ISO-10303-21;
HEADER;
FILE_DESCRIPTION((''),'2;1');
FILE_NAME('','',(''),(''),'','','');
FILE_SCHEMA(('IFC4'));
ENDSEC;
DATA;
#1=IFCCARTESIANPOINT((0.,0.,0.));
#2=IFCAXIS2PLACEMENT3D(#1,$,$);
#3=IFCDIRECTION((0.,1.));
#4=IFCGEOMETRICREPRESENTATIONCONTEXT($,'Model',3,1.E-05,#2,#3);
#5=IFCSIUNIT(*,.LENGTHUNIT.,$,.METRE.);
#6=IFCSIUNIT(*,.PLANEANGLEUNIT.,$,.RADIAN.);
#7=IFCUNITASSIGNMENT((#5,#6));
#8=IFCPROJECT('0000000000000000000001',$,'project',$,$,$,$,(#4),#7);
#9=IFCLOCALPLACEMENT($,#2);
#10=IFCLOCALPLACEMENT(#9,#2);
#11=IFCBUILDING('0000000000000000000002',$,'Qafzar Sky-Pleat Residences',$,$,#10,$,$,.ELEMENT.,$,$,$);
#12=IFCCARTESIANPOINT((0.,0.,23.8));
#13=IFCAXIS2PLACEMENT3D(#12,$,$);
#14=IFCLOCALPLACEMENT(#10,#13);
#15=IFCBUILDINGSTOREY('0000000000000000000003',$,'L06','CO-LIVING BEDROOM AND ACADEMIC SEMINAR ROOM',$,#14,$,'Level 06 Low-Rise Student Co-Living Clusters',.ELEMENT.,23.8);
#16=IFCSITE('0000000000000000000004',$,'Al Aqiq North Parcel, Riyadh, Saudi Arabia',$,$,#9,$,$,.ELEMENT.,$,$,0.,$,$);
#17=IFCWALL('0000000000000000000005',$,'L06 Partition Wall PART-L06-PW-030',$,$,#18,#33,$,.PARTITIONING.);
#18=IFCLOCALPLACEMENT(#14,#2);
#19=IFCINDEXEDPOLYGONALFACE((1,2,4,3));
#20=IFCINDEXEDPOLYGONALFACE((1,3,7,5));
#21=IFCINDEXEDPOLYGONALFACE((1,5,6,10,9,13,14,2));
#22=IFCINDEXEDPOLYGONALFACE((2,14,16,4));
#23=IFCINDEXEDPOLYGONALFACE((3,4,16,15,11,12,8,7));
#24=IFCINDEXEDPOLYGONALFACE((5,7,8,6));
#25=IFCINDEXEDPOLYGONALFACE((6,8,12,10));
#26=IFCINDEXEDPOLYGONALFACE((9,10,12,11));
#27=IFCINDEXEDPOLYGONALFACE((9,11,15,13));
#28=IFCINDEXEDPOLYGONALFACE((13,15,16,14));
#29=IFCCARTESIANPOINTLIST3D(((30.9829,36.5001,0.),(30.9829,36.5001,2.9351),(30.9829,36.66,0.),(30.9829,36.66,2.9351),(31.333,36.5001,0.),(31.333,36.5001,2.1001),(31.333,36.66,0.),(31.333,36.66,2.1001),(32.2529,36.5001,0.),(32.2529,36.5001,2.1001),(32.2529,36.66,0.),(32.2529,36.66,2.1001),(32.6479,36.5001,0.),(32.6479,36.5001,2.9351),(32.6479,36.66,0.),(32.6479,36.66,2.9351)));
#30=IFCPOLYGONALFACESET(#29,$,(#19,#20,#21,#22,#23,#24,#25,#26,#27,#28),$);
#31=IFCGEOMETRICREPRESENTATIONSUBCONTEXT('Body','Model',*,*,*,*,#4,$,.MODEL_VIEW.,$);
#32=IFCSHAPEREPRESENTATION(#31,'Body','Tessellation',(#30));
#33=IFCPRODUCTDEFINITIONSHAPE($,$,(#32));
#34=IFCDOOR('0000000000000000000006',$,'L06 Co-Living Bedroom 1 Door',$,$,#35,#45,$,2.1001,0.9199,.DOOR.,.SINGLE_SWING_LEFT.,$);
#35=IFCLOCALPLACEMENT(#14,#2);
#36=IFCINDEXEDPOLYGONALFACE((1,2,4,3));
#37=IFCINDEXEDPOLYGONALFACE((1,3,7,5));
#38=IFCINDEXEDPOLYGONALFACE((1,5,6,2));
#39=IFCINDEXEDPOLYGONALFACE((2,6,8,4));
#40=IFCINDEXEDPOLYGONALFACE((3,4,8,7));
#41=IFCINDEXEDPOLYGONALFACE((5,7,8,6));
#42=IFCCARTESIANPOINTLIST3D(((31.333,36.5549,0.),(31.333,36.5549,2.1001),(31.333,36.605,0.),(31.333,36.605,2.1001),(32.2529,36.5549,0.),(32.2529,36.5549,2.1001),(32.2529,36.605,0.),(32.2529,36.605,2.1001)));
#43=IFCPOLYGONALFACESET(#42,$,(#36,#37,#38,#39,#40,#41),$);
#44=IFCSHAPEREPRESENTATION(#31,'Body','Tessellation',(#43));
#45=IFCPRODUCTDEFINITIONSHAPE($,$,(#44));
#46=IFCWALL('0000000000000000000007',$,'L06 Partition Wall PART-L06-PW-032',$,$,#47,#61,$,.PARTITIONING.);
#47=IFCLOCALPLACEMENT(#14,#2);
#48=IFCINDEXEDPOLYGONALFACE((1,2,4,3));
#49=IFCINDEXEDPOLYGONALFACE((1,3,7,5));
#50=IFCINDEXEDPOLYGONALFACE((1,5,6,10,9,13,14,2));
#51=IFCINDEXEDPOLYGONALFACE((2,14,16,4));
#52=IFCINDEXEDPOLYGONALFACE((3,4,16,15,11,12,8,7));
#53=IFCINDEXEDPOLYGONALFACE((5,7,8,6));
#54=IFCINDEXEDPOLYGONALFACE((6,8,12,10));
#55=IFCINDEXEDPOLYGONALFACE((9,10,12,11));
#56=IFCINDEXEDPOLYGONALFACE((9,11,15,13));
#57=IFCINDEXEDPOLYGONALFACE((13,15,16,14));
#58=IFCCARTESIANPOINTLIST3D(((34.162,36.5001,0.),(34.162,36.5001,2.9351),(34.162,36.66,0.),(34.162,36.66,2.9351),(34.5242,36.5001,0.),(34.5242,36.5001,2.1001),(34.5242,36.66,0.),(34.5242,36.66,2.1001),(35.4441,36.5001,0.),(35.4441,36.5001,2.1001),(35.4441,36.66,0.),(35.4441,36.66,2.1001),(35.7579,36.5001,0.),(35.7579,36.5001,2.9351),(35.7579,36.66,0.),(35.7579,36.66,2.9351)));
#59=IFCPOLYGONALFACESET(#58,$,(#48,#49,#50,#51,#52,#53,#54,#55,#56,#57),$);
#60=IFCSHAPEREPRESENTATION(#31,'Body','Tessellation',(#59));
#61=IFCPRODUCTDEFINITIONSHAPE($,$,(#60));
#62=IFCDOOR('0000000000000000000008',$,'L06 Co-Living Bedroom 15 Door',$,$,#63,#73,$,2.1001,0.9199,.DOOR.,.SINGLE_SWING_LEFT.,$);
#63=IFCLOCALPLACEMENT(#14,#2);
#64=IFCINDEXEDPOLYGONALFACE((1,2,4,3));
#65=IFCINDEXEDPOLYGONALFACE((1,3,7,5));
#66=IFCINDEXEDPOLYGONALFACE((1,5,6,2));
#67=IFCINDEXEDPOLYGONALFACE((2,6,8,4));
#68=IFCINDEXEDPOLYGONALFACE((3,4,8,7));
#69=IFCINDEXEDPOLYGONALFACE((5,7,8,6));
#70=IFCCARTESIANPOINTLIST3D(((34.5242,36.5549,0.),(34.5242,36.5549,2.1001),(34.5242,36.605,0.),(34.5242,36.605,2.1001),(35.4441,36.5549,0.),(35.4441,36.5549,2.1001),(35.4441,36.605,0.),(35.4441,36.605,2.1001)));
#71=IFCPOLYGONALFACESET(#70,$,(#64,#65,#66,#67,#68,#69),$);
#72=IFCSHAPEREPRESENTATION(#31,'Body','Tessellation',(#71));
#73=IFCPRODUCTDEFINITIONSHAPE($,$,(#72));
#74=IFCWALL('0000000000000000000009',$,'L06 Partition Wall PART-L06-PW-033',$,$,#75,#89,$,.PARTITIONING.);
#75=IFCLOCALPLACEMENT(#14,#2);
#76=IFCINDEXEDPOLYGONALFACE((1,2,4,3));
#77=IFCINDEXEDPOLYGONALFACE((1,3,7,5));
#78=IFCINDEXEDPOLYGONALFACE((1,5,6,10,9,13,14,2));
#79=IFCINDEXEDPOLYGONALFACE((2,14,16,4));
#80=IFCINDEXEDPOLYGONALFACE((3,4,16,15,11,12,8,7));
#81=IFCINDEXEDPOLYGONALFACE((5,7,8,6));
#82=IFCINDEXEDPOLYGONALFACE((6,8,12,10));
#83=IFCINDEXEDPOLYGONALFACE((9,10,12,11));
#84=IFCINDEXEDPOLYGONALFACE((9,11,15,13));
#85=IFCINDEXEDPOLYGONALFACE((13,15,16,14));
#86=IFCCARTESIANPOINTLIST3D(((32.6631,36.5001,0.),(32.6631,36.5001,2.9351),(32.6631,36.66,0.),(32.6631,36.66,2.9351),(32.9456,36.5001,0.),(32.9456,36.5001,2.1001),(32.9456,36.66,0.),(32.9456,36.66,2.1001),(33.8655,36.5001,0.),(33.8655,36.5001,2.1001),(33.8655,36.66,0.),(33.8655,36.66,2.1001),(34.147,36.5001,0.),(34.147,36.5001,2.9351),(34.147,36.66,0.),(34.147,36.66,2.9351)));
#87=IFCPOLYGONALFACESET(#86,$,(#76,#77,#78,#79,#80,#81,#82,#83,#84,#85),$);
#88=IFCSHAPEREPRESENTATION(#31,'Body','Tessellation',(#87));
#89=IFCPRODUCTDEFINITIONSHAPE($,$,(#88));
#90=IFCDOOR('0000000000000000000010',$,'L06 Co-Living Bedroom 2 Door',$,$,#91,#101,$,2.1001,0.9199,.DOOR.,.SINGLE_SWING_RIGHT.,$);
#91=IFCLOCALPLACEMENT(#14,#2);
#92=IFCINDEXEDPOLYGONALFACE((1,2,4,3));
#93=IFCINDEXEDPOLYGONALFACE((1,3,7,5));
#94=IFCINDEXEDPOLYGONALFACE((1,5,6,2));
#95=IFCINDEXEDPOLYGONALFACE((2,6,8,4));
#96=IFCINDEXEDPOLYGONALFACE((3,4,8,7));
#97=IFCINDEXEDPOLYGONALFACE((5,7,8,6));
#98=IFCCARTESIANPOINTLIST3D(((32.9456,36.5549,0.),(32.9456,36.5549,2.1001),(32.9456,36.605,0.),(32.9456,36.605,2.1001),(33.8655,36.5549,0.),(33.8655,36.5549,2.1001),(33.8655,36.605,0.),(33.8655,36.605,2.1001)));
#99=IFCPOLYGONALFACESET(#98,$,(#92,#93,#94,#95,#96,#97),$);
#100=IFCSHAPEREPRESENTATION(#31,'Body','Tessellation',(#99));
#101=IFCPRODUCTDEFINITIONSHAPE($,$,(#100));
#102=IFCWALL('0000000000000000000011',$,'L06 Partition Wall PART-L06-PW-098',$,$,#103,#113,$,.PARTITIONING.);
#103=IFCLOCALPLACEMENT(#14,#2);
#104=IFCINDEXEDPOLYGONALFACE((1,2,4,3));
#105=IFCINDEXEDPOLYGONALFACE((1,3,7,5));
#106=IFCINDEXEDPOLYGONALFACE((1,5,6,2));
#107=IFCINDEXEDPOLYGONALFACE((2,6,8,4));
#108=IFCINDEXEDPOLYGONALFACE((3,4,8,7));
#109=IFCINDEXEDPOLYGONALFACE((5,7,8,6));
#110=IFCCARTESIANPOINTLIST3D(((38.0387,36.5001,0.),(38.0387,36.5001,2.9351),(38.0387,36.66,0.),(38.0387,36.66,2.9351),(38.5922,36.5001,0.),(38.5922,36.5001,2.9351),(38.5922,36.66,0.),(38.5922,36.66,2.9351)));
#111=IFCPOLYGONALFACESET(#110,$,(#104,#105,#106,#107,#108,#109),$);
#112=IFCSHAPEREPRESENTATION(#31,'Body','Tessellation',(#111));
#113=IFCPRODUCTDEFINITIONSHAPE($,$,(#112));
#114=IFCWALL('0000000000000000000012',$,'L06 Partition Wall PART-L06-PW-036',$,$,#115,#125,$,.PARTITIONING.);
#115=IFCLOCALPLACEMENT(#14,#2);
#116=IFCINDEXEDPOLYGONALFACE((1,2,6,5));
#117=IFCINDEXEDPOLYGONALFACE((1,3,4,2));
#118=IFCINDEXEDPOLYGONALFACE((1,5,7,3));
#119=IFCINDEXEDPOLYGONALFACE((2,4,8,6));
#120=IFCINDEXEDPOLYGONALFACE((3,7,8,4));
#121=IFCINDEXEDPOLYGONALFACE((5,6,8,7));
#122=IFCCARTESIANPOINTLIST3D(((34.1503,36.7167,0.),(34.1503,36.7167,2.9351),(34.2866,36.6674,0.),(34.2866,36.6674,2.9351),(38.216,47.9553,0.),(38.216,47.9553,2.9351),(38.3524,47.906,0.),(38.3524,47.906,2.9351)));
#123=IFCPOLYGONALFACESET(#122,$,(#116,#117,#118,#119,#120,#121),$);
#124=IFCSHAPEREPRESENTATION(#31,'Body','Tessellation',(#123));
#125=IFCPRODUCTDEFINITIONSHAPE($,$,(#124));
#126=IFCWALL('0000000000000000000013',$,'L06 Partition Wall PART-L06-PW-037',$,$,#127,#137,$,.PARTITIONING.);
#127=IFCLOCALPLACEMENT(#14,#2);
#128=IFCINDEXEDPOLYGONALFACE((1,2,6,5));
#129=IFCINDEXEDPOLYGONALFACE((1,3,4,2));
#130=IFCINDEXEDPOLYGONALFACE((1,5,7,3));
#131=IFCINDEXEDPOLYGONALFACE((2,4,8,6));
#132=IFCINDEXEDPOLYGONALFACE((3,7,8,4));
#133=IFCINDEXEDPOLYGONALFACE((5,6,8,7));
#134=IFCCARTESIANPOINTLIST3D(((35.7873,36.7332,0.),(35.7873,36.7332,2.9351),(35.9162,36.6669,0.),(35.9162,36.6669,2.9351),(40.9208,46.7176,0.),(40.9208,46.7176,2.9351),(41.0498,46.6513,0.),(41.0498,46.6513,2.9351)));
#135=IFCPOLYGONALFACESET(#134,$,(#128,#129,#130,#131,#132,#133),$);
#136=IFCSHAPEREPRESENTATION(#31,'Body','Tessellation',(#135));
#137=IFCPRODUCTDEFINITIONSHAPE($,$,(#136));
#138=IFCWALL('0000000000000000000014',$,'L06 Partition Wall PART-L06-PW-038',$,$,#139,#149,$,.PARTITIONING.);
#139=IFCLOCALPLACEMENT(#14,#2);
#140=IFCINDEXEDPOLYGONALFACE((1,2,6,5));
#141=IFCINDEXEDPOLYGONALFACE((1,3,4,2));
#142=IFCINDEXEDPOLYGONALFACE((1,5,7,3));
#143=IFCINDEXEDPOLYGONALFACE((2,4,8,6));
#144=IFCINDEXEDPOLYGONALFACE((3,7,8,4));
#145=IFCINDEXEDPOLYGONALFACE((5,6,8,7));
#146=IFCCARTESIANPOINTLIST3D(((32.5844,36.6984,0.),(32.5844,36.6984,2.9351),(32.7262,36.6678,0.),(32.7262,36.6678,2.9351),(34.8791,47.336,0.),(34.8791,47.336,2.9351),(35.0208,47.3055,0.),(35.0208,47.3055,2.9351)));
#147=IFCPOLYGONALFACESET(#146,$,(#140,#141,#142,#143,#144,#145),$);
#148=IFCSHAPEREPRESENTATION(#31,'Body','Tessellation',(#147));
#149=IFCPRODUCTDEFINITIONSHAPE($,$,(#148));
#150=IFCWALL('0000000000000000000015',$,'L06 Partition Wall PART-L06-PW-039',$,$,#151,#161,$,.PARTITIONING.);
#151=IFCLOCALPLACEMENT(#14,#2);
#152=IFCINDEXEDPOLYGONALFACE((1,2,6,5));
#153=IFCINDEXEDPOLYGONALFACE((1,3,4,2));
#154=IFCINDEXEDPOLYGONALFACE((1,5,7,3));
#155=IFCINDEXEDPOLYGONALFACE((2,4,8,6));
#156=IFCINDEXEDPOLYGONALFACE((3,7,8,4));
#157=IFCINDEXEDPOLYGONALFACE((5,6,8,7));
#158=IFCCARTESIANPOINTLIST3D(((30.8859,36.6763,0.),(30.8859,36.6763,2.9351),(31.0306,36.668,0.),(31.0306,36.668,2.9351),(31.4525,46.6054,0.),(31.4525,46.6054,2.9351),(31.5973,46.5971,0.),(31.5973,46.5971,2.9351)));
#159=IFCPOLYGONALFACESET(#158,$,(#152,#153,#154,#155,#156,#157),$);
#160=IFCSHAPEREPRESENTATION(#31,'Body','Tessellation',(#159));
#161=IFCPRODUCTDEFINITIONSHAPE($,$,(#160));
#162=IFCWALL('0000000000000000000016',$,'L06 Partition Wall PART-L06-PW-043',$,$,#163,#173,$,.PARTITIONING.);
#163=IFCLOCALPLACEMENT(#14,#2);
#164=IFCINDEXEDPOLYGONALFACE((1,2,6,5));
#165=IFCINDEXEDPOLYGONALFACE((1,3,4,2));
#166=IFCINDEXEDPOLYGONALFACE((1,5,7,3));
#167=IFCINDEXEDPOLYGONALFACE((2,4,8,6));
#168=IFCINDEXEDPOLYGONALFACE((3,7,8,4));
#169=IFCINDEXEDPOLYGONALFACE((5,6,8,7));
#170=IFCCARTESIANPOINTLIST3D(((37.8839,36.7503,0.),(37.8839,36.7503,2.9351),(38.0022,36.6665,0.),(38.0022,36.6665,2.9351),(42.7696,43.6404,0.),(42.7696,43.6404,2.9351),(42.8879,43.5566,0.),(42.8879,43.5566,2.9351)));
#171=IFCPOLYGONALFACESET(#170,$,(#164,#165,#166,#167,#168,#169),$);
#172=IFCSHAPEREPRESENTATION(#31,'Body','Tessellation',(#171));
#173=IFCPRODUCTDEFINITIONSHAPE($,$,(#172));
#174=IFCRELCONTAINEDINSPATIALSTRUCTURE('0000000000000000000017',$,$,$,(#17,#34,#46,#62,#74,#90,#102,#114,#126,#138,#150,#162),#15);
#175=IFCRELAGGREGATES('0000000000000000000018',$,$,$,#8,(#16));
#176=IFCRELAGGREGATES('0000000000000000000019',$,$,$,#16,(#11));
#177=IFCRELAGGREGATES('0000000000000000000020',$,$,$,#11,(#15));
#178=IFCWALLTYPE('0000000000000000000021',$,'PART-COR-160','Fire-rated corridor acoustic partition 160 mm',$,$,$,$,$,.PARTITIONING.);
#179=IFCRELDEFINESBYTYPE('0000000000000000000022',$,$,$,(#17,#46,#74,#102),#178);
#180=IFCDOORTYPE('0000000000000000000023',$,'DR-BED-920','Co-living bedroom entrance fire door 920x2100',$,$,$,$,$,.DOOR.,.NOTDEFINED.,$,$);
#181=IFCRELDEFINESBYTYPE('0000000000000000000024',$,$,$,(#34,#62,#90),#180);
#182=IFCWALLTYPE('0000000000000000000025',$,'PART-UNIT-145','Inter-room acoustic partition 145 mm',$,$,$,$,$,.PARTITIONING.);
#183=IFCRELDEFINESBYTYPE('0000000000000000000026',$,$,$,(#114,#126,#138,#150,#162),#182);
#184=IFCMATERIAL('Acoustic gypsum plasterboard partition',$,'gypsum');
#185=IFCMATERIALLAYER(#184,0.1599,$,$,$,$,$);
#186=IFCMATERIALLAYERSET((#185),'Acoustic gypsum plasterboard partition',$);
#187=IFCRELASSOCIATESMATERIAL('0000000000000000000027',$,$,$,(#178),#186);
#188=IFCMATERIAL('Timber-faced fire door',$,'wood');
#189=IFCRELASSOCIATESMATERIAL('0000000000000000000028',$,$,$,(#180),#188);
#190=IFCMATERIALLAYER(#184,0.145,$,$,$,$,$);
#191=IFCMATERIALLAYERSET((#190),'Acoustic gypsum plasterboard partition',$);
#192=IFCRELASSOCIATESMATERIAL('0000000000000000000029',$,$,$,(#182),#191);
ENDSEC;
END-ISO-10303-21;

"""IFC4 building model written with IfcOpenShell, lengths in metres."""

from ifc_helpers import new_model, si_unit, direction, frame, frame_2d, origin, place, context, subcontext, project, spatial, rectangle, extrude, source, transform, mapped, material, layer, layer_set, type_object, element, fill, save


model = new_model("IFC4")

# Units and contexts
model_context = context("Model", 3, precision=1e-05, world=origin(), true_north=direction((0.0, 1.0)))
body_context = subcontext(model_context, "Body", "Model", "MODEL_VIEW")
ifc_project = project(units=[si_unit("LENGTHUNIT", "METRE"), si_unit("PLANEANGLEUNIT", "RADIAN")], contexts=[model_context])

# Site, building, storey
site_placement = place(None, origin())
site = spatial("IfcSite", under=ifc_project, at=site_placement, Name="Al Aqiq North Parcel, Riyadh, Saudi Arabia", CompositionType="ELEMENT", RefElevation=0.0)
building_placement = place(site_placement, origin())
building = spatial("IfcBuilding", under=site, at=building_placement, Name="Qafzar Sky-Pleat Residences", CompositionType="ELEMENT")
storey_placement = place(building_placement, frame((0.0, 0.0, 23.8)))
storey = spatial("IfcBuildingStorey", under=building, at=storey_placement, Name="L06", Description="CO-LIVING BEDROOM AND ACADEMIC SEMINAR ROOM", LongName="Level 06 Low-Rise Student Co-Living Clusters", CompositionType="ELEMENT", Elevation=23.8)

# Walls, openings, doors
ifc_material_1 = material(Name="Acoustic gypsum plasterboard partition", Category="gypsum")
ifc_layer_1 = layer(ifc_material_1, 0.1599)
ifc_layer_set_1 = layer_set([ifc_layer_1], Name="Acoustic gypsum plasterboard partition")
wall_type_1 = type_object("IfcWallType", Name="PART-COR-160", Description="Fire-rated corridor acoustic partition 160 mm", PredefinedType="PARTITIONING", material=ifc_layer_set_1)
ifc_material_2 = material(Name="Timber-faced fire door", Category="wood")
door_type_1 = type_object("IfcDoorType", Name="DR-BED-920", Description="Co-living bedroom entrance fire door 920x2100", OperationType="NOTDEFINED", PredefinedType="DOOR", material=ifc_material_2)
shared_shape_1 = source(origin(), body_context, "Body", "SweptSolid", [
    extrude(rectangle(XDim=0.9199, YDim=2.1001, at=frame_2d((0.46, 1.05))), frame((0.0, 0.0249, 0.0), z_axis=(0.0, -1.0, 0.0), x_axis=(1.0, 0.0, 0.0)), (0.0, 0.0, 1.0), 0.05),
])
wall_1_placement = place(storey_placement, frame((30.9829, 36.5801, 0.0), z_axis=(0.0, 0.0, 1.0), x_axis=(1.0, 0.0, 0.0)))
wall_1 = element("IfcWall", 1, at=wall_1_placement, inside=storey, type_object=wall_type_1, Name="L06 Partition Wall PART-L06-PW-030", PredefinedType="PARTITIONING", context=body_context, shape_type="SweptSolid", body=[
    extrude(rectangle(XDim=1.665, YDim=0.1599, at=frame_2d((0.8325, 0.0))), origin(), (0.0, 0.0, 1.0), 2.9351),
])
opening_1_placement = place(wall_1_placement, frame((0.3501, 0.0, 0.0)))
opening_1 = element("IfcOpeningElement", 2, at=opening_1_placement, cuts=wall_1, PredefinedType="OPENING", context=body_context, shape_type="SweptSolid", body=[
    extrude(rectangle(XDim=0.9199, YDim=2.1001, at=frame_2d((0.46, 1.05))), frame((0.0, 0.0898, 0.0), z_axis=(0.0, -1.0, 0.0), x_axis=(1.0, 0.0, 0.0)), (0.0, 0.0, 1.0), 0.1799),
])
door_1_placement = place(opening_1_placement, origin())
door_1 = element("IfcDoor", 3, at=door_1_placement, inside=storey, type_object=door_type_1, Name="L06 Co-Living Bedroom 1 Door", OperationType="SINGLE_SWING_LEFT", OverallHeight=2.1001, OverallWidth=0.9199, PredefinedType="DOOR", context=body_context, shape_type="MappedRepresentation", body=[
    mapped(shared_shape_1, transform((0.0, 0.0, 0.0), x_axis=(1.0, 0.0, 0.0), y_axis=(0.0, 1.0, 0.0), z_axis=(0.0, 0.0, 1.0), scale=1.0)),
])
fill(opening_1, door_1)
wall_2_placement = place(storey_placement, frame((34.1621, 36.5801, 0.0), z_axis=(0.0, 0.0, 1.0), x_axis=(1.0, 0.0, 0.0)))
wall_2 = element("IfcWall", 4, at=wall_2_placement, inside=storey, type_object=wall_type_1, Name="L06 Partition Wall PART-L06-PW-032", PredefinedType="PARTITIONING", context=body_context, shape_type="SweptSolid", body=[
    extrude(rectangle(XDim=1.5959, YDim=0.1599, at=frame_2d((0.7979, 0.0))), origin(), (0.0, 0.0, 1.0), 2.9351),
])
opening_2_placement = place(wall_2_placement, frame((0.3621, 0.0, 0.0)))
opening_2 = element("IfcOpeningElement", 5, at=opening_2_placement, cuts=wall_2, PredefinedType="OPENING", context=body_context, shape_type="SweptSolid", body=[
    extrude(rectangle(XDim=0.9199, YDim=2.1001, at=frame_2d((0.46, 1.05))), frame((0.0, 0.0898, 0.0), z_axis=(0.0, -1.0, 0.0), x_axis=(1.0, 0.0, 0.0)), (0.0, 0.0, 1.0), 0.1799),
])
door_2_placement = place(opening_2_placement, origin())
door_2 = element("IfcDoor", 6, at=door_2_placement, inside=storey, type_object=door_type_1, Name="L06 Co-Living Bedroom 15 Door", OperationType="SINGLE_SWING_LEFT", OverallHeight=2.1001, OverallWidth=0.9199, PredefinedType="DOOR", context=body_context, shape_type="MappedRepresentation", body=[
    mapped(shared_shape_1, transform((0.0, 0.0, 0.0), x_axis=(1.0, 0.0, 0.0), y_axis=(0.0, 1.0, 0.0), z_axis=(0.0, 0.0, 1.0), scale=1.0)),
])
fill(opening_2, door_2)
wall_3_placement = place(storey_placement, frame((32.6631, 36.5801, 0.0), z_axis=(0.0, 0.0, 1.0), x_axis=(1.0, 0.0, 0.0)))
wall_3 = element("IfcWall", 7, at=wall_3_placement, inside=storey, type_object=wall_type_1, Name="L06 Partition Wall PART-L06-PW-033", PredefinedType="PARTITIONING", context=body_context, shape_type="SweptSolid", body=[
    extrude(rectangle(XDim=1.4839, YDim=0.1599, at=frame_2d((0.7419, 0.0))), origin(), (0.0, 0.0, 1.0), 2.9351),
])
opening_3_placement = place(wall_3_placement, frame((0.2825, 0.0, 0.0)))
opening_3 = element("IfcOpeningElement", 8, at=opening_3_placement, cuts=wall_3, PredefinedType="OPENING", context=body_context, shape_type="SweptSolid", body=[
    extrude(rectangle(XDim=0.9199, YDim=2.1001, at=frame_2d((0.46, 1.05))), frame((0.0, 0.0898, 0.0), z_axis=(0.0, -1.0, 0.0), x_axis=(1.0, 0.0, 0.0)), (0.0, 0.0, 1.0), 0.1799),
])
door_3_placement = place(opening_3_placement, origin())
door_3 = element("IfcDoor", 9, at=door_3_placement, inside=storey, type_object=door_type_1, Name="L06 Co-Living Bedroom 2 Door", OperationType="SINGLE_SWING_RIGHT", OverallHeight=2.1001, OverallWidth=0.9199, PredefinedType="DOOR", context=body_context, shape_type="MappedRepresentation", body=[
    mapped(shared_shape_1, transform((0.0, 0.0, 0.0), x_axis=(1.0, 0.0, 0.0), y_axis=(0.0, 1.0, 0.0), z_axis=(0.0, 0.0, 1.0), scale=1.0)),
])
fill(opening_3, door_3)

# Walls
wall_4_placement = place(storey_placement, frame((38.0386, 36.5801, 0.0), z_axis=(0.0, 0.0, 1.0), x_axis=(1.0, 0.0, 0.0)))
element("IfcWall", 10, at=wall_4_placement, inside=storey, type_object=wall_type_1, Name="L06 Partition Wall PART-L06-PW-098", PredefinedType="PARTITIONING", context=body_context, shape_type="SweptSolid", body=[
    extrude(rectangle(XDim=0.5535, YDim=0.1599, at=frame_2d((0.2769, 0.0))), origin(), (0.0, 0.0, 1.0), 2.9351),
])
ifc_layer_2 = layer(ifc_material_1, 0.145)
ifc_layer_set_2 = layer_set([ifc_layer_2], Name="Acoustic gypsum plasterboard partition")
wall_type_2 = type_object("IfcWallType", Name="PART-UNIT-145", Description="Inter-room acoustic partition 145 mm", PredefinedType="PARTITIONING", material=ifc_layer_set_2)
wall_5_placement = place(storey_placement, frame((34.2185, 36.6921, 0.0), z_axis=(0.0, 0.0, 1.0), x_axis=(0.340186, 0.940358, 0.0)))
element("IfcWall", 11, at=wall_5_placement, inside=storey, type_object=wall_type_2, Name="L06 Partition Wall PART-L06-PW-036", PredefinedType="PARTITIONING", context=body_context, shape_type="SweptSolid", body=[
    extrude(rectangle(XDim=11.9514, YDim=0.145, at=frame_2d((5.9756, 0.0))), origin(), (0.0, 0.0, 1.0), 2.9351),
])
wall_6_placement = place(storey_placement, frame((35.8518, 36.7002, 0.0), z_axis=(0.0, 0.0, 1.0), x_axis=(0.457258, 0.889334, 0.0)))
element("IfcWall", 12, at=wall_6_placement, inside=storey, type_object=wall_type_2, Name="L06 Partition Wall PART-L06-PW-037", PredefinedType="PARTITIONING", context=body_context, shape_type="SweptSolid", body=[
    extrude(rectangle(XDim=11.2268, YDim=0.145, at=frame_2d((5.6133, 0.0))), origin(), (0.0, 0.0, 1.0), 2.9351),
])
wall_7_placement = place(storey_placement, frame((32.6553, 36.6831, 0.0), z_axis=(0.0, 0.0, 1.0), x_axis=(0.210862, 0.977516, 0.0)))
element("IfcWall", 13, at=wall_7_placement, inside=storey, type_object=wall_type_2, Name="L06 Partition Wall PART-L06-PW-038", PredefinedType="PARTITIONING", context=body_context, shape_type="SweptSolid", body=[
    extrude(rectangle(XDim=10.8823, YDim=0.145, at=frame_2d((5.4412, 0.0))), origin(), (0.0, 0.0, 1.0), 2.9351),
])
wall_8_placement = place(storey_placement, frame((30.9583, 36.6721, 0.0), z_axis=(0.0, 0.0, 1.0), x_axis=(0.056976, 0.998376, 0.0)))
element("IfcWall", 14, at=wall_8_placement, inside=storey, type_object=wall_type_2, Name="L06 Partition Wall PART-L06-PW-039", PredefinedType="PARTITIONING", context=body_context, shape_type="SweptSolid", body=[
    extrude(rectangle(XDim=9.9453, YDim=0.145, at=frame_2d((4.9727, 0.0))), origin(), (0.0, 0.0, 1.0), 2.9351),
])
wall_9_placement = place(storey_placement, frame((37.9431, 36.7085, 0.0), z_axis=(0.0, 0.0, 1.0), x_axis=(0.578429, 0.815732, 0.0)))
element("IfcWall", 15, at=wall_9_placement, inside=storey, type_object=wall_type_2, Name="L06 Partition Wall PART-L06-PW-043", PredefinedType="PARTITIONING", context=body_context, shape_type="SweptSolid", body=[
    extrude(rectangle(XDim=8.4465, YDim=0.145, at=frame_2d((4.2231, 0.0))), origin(), (0.0, 0.0, 1.0), 2.9351),
])

save(model, "model.ifc")
